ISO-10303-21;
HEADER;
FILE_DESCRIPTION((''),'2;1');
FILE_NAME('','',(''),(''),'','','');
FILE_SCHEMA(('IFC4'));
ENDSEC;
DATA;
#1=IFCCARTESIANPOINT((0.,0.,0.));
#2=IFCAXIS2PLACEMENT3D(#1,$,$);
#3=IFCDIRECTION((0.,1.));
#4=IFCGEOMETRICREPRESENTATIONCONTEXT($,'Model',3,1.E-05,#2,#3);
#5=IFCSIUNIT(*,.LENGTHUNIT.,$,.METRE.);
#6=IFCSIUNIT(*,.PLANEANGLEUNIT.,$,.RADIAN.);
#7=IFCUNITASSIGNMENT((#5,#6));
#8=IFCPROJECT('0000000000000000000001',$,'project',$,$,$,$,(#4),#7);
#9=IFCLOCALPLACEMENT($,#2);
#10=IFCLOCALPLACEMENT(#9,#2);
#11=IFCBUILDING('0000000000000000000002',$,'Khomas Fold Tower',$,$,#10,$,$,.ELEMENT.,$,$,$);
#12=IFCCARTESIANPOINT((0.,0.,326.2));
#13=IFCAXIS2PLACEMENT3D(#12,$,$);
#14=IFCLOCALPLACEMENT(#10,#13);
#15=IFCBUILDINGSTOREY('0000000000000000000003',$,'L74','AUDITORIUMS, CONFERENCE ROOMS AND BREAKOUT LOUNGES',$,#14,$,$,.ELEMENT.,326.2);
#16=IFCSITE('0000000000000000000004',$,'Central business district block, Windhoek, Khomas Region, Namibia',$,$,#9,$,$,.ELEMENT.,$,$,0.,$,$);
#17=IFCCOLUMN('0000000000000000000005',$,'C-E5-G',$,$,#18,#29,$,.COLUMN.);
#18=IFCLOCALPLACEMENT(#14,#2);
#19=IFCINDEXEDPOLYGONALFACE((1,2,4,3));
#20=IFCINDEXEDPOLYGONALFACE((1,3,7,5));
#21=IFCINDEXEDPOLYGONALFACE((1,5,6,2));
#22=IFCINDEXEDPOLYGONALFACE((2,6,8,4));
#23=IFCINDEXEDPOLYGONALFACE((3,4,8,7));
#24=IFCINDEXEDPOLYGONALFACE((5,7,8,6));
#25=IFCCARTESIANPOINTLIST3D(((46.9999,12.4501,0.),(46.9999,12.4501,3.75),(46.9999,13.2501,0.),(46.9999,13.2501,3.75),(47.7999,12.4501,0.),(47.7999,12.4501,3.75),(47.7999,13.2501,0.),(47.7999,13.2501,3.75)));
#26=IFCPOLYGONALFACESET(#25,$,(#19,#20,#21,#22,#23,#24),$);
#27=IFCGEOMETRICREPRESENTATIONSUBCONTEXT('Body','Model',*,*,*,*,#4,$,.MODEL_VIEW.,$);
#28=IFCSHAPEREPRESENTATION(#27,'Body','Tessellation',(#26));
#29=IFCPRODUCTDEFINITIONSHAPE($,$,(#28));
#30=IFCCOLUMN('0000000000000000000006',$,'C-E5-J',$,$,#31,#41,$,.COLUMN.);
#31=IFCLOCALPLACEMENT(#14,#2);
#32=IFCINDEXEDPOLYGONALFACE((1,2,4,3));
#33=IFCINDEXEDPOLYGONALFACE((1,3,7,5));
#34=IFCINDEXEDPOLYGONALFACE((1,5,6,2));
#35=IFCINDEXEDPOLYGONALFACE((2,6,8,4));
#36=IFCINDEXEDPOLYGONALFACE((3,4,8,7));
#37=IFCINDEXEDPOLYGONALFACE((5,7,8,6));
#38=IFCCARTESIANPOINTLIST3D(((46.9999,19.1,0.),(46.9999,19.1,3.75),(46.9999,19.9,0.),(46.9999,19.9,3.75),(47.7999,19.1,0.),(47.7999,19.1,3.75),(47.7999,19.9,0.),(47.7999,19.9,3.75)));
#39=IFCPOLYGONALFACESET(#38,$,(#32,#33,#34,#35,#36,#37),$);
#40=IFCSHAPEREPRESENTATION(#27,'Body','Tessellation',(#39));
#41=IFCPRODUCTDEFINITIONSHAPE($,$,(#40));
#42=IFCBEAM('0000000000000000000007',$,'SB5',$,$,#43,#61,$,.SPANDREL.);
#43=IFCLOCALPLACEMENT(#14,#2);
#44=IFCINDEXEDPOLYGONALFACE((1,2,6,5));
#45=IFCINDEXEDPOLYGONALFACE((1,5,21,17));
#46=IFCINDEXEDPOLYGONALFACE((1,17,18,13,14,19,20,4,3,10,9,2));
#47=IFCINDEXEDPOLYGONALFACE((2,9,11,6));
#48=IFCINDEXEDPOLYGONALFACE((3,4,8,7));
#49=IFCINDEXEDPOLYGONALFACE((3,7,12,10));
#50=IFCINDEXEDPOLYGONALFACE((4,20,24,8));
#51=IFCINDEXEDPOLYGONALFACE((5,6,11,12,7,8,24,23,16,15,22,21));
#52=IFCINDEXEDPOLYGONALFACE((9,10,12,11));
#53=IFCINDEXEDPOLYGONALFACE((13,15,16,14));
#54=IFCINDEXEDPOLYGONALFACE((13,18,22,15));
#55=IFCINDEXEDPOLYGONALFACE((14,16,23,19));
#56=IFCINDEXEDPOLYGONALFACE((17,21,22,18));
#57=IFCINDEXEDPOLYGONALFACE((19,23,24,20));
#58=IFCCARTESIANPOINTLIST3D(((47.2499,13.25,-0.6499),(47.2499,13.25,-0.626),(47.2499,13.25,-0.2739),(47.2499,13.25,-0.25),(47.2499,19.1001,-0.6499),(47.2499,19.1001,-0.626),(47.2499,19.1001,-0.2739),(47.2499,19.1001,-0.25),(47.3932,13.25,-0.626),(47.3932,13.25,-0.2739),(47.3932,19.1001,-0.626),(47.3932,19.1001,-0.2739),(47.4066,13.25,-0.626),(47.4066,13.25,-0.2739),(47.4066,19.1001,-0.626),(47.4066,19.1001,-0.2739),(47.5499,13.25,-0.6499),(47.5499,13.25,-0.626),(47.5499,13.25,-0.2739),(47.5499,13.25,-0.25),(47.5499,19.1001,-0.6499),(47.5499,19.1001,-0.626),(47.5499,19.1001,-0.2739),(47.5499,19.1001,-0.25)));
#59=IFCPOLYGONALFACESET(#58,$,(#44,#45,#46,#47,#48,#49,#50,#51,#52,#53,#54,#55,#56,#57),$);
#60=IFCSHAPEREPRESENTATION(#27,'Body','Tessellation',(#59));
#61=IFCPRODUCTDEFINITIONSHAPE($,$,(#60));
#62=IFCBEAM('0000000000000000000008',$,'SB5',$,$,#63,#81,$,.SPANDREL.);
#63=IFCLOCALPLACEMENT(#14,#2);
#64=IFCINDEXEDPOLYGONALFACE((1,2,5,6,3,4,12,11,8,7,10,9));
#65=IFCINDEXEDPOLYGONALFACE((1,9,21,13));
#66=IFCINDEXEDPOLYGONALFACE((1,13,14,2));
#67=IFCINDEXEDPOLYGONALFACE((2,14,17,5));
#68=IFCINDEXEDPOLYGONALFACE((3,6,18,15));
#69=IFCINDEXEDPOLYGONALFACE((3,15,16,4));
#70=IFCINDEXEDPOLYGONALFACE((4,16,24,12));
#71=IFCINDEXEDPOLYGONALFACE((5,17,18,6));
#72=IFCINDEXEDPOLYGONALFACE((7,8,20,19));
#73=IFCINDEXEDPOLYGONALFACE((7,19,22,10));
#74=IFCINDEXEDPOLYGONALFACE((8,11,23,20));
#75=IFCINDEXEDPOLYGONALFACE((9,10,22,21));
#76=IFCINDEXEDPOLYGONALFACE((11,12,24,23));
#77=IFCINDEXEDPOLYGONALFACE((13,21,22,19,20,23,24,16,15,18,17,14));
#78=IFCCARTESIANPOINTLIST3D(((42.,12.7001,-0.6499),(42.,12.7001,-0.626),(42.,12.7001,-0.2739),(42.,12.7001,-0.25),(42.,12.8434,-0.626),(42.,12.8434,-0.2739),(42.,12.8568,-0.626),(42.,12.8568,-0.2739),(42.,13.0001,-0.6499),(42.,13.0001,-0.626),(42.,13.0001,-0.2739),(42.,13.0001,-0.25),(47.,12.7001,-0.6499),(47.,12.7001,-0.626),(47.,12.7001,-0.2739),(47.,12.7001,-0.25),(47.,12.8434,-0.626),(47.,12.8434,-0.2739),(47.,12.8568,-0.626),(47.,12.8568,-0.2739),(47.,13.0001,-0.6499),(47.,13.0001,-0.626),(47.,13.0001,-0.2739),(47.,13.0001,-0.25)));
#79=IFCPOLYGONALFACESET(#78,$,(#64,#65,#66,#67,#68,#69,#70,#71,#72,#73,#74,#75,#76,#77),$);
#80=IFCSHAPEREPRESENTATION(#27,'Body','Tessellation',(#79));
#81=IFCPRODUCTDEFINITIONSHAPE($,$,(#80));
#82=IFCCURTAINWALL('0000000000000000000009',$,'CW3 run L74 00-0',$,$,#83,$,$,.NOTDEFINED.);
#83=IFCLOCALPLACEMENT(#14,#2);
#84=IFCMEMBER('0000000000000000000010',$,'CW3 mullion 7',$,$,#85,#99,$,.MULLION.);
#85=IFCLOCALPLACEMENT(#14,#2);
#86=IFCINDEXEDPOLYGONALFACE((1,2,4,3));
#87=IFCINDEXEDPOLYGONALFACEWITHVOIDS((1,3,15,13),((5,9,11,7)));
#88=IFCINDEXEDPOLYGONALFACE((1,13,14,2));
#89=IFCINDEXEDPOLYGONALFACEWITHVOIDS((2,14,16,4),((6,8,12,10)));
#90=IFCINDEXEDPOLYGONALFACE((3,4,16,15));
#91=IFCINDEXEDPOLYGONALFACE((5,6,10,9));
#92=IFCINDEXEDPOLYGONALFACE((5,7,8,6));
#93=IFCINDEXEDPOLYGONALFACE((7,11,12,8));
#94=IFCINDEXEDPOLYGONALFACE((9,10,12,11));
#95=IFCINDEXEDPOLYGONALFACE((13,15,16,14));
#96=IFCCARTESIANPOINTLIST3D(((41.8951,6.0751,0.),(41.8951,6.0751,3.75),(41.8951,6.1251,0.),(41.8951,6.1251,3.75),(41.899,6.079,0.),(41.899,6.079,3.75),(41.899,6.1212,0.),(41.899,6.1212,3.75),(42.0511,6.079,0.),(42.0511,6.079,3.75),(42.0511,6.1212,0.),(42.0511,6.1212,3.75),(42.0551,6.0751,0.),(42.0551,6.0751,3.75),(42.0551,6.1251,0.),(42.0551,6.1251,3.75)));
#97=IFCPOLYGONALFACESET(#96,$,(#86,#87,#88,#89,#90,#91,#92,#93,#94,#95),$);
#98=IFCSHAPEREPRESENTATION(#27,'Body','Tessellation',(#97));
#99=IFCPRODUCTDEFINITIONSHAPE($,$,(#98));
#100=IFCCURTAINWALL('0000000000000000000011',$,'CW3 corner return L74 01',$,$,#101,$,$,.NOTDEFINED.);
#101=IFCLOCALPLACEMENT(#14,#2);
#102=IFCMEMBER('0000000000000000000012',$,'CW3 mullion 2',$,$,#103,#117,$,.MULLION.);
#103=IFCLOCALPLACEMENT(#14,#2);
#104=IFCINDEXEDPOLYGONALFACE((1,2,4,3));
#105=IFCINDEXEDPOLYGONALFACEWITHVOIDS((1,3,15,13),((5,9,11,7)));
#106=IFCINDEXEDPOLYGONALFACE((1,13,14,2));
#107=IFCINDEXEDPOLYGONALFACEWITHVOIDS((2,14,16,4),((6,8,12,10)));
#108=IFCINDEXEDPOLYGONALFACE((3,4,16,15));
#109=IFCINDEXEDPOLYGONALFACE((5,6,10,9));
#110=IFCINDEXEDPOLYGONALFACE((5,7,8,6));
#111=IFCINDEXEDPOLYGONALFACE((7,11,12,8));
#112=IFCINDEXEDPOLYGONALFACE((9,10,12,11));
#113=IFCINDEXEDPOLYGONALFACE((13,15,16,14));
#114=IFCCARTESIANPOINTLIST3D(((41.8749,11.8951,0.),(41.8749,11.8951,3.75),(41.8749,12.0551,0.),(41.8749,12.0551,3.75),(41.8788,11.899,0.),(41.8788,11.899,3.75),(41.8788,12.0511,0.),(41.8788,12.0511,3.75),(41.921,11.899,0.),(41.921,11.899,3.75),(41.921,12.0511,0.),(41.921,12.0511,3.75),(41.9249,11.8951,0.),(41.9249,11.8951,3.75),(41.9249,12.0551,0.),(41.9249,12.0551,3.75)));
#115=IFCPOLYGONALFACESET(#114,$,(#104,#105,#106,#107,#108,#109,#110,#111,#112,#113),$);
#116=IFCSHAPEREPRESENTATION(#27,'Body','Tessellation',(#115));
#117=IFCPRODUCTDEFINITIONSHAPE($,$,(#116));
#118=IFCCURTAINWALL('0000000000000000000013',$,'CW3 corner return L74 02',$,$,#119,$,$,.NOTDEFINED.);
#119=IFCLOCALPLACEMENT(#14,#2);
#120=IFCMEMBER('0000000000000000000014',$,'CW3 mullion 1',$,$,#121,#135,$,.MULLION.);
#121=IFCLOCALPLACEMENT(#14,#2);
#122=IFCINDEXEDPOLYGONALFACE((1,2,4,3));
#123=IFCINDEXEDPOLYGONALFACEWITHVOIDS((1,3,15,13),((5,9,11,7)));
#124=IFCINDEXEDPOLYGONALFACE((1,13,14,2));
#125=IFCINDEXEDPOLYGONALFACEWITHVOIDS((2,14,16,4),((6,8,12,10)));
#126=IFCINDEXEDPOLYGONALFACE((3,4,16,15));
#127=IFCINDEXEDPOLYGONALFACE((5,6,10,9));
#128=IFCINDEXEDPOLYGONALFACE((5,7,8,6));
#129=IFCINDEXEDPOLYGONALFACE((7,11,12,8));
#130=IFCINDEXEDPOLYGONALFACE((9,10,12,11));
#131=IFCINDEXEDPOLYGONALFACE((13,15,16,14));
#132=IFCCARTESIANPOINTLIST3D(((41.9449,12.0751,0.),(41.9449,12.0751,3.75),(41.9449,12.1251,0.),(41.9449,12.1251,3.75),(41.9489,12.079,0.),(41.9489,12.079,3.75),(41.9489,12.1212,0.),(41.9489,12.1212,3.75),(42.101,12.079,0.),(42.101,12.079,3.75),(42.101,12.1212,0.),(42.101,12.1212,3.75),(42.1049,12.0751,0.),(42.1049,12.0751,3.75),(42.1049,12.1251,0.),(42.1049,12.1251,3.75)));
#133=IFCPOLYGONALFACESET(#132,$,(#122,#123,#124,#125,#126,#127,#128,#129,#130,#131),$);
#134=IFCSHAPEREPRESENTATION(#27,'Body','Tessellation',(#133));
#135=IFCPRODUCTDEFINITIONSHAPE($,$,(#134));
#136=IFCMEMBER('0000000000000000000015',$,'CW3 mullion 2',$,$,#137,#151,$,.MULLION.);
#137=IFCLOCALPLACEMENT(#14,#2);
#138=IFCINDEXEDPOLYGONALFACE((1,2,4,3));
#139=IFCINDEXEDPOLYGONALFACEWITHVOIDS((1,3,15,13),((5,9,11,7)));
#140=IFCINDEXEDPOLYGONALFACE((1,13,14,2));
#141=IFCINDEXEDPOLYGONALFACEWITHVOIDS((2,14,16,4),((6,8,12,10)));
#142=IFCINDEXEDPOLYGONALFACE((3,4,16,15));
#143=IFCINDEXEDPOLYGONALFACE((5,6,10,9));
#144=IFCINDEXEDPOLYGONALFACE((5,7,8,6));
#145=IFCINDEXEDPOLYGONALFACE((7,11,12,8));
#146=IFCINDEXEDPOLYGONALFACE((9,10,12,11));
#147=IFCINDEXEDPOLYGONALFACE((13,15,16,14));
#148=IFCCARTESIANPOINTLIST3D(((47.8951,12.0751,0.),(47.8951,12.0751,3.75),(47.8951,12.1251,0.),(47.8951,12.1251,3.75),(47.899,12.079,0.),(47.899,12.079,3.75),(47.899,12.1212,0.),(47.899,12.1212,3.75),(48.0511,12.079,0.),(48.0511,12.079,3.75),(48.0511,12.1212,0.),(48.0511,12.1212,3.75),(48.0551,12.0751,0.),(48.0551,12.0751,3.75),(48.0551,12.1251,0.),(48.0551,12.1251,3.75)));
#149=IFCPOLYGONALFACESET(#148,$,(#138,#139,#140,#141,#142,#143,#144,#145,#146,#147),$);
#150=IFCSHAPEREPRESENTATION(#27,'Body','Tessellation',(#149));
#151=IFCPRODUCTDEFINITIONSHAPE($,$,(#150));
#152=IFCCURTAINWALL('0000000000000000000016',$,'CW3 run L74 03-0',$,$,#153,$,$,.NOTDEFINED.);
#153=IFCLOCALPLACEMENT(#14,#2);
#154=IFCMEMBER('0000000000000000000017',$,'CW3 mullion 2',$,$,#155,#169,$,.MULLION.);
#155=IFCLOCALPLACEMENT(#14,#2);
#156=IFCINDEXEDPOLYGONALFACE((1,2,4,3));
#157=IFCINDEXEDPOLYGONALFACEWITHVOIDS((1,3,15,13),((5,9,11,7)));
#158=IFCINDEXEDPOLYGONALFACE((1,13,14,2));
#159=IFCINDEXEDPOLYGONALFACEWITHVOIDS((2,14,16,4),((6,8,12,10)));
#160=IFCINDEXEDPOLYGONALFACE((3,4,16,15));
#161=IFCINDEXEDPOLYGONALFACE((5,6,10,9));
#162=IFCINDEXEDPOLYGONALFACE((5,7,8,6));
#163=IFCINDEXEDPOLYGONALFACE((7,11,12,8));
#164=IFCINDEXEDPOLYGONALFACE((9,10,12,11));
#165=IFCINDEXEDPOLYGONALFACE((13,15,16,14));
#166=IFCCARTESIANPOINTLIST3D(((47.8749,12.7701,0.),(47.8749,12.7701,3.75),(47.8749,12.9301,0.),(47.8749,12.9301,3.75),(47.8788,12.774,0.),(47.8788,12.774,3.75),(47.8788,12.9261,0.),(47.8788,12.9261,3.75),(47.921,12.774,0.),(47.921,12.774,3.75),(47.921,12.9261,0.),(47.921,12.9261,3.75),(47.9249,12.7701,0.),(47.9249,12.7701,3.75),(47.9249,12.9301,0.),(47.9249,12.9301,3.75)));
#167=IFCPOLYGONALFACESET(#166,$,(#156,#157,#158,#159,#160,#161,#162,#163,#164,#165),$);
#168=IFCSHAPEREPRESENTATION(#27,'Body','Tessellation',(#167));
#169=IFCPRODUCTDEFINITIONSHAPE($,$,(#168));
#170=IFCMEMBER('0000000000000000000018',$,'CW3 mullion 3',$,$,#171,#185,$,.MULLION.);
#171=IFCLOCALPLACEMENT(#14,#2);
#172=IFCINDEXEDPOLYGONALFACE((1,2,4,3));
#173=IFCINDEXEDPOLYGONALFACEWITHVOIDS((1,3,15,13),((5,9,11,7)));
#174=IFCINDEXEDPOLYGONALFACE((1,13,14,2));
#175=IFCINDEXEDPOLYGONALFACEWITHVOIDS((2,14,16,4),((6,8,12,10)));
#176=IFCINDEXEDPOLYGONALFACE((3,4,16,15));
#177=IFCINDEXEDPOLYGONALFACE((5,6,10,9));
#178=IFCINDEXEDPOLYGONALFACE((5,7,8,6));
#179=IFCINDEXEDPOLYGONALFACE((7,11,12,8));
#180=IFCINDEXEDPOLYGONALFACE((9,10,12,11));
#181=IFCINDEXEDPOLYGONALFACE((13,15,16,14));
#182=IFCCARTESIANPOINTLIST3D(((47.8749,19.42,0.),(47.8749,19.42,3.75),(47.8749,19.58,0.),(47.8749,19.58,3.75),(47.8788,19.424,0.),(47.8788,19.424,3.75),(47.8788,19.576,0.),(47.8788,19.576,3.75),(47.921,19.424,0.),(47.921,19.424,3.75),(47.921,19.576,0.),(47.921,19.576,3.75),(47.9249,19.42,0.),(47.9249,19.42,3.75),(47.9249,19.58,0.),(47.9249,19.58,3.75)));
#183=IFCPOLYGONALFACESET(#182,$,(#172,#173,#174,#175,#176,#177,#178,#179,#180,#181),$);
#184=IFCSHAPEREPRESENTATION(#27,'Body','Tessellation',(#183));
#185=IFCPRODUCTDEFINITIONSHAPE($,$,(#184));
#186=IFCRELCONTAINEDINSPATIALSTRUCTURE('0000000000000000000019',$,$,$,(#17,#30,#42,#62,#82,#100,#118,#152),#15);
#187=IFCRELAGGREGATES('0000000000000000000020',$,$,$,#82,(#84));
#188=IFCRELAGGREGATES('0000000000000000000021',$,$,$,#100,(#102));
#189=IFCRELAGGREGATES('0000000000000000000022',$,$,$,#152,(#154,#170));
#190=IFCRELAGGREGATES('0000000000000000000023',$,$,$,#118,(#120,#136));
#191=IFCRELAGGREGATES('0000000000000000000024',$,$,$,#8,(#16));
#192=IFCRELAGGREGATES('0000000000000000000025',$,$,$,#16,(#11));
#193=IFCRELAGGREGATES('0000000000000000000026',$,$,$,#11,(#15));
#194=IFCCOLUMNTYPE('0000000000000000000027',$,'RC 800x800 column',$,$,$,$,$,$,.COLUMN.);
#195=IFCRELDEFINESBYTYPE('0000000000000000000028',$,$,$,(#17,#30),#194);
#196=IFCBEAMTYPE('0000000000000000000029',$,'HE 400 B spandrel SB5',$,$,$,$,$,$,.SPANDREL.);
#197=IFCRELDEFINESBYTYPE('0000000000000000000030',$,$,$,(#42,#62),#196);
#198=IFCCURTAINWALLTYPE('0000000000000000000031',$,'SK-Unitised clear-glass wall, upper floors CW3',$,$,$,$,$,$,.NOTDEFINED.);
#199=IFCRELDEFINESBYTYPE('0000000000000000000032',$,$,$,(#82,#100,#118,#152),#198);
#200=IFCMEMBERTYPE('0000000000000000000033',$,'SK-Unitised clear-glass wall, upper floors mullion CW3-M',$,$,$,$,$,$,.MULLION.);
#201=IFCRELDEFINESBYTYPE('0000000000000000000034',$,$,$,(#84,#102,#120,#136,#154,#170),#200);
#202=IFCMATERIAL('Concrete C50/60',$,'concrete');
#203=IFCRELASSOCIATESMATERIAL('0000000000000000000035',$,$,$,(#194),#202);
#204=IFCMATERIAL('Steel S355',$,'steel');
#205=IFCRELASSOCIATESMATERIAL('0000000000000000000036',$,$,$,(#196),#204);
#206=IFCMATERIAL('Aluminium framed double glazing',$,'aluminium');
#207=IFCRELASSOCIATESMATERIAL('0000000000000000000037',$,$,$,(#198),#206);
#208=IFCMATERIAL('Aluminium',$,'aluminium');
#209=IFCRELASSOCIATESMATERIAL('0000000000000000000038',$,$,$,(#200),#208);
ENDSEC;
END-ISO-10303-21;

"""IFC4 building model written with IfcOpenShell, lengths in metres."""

from ifc_helpers import new_model, si_unit, direction, frame, origin, origin_2d, place, context, subcontext, project, spatial, rectangle, hollow_rectangle, i_section, extrude, source, transform, mapped, material, material_profile, profile_set, type_object, element, aggregate, save


model = new_model("IFC4")

# Units and contexts
model_context = context("Model", 3, precision=1e-05, world=origin(), true_north=direction((0.0, 1.0)))
body_context = subcontext(model_context, "Body", "Model", "MODEL_VIEW")
ifc_project = project(units=[si_unit("LENGTHUNIT", "METRE"), si_unit("PLANEANGLEUNIT", "RADIAN")], contexts=[model_context])

# Site, building, storey
site_placement = place(None, origin())
site = spatial("IfcSite", under=ifc_project, at=site_placement, Name="Central business district block, Windhoek, Khomas Region, Namibia", CompositionType="ELEMENT", RefElevation=0.0)
building_placement = place(site_placement, origin())
building = spatial("IfcBuilding", under=site, at=building_placement, Name="Khomas Fold Tower", CompositionType="ELEMENT")
storey_placement = place(building_placement, frame((0.0, 0.0, 326.2)))
storey = spatial("IfcBuildingStorey", under=building, at=storey_placement, Name="L74", Description="AUDITORIUMS, CONFERENCE ROOMS AND BREAKOUT LOUNGES", CompositionType="ELEMENT", Elevation=326.2)

# Columns
ifc_material_1 = material(Name="Concrete C50/60", Category="concrete")
ifc_material_profile_1 = material_profile(ifc_material_1, rectangle(XDim=0.8, YDim=0.8, at=origin_2d()), Name="RC 800x800")
ifc_profile_set_1 = profile_set([ifc_material_profile_1], Name="Concrete C50/60")
column_type = type_object("IfcColumnType", Name="RC 800x800 column", PredefinedType="COLUMN", material=ifc_profile_set_1)
shared_shape_1 = source(origin(), body_context, "Body", "SweptSolid", [
    extrude(rectangle(XDim=0.8, YDim=0.8, at=origin_2d()), origin(), (0.0, 0.0, 1.0), 3.75),
])
for number, where, z_axis, x_axis, name in (
    (1, (47.3999, 12.8501, 0.0), (0.0, 0.0, 1.0), (1.0, 0.0, 0.0), "C-E5-G"),
    (2, (47.3999, 19.5, 0.0), (0.0, 0.0, 1.0), (1.0, 0.0, 0.0), "C-E5-J"),
):
    element("IfcColumn", number, at=place(storey_placement, frame(where, z_axis=z_axis, x_axis=x_axis)), inside=storey, type_object=column_type, Name=name, PredefinedType="COLUMN", context=body_context, shape_type="MappedRepresentation", body=[
        mapped(shared_shape_1, transform((0.0, 0.0, 0.0))),
    ])

# Beams
ifc_material_2 = material(Name="Steel S355", Category="steel")
ifc_material_profile_2 = material_profile(ifc_material_2, i_section(OverallWidth=0.3, OverallDepth=0.3999, WebThickness=0.0134, FlangeThickness=0.0239, at=origin_2d()), Name="HE 400 B")
ifc_profile_set_2 = profile_set([ifc_material_profile_2], Name="Steel S355")
beam_type = type_object("IfcBeamType", Name="HE 400 B spandrel SB5", PredefinedType="SPANDREL", material=ifc_profile_set_2)
shared_shape_2 = source(origin(), body_context, "Body", "SweptSolid", [
    extrude(i_section(OverallWidth=0.3, OverallDepth=0.3999, WebThickness=0.0134, FlangeThickness=0.0239, at=origin_2d()), origin(), (0.0, 0.0, 1.0), 5.8501),
])
beam_1_placement = place(storey_placement, frame((47.3999, 13.25, -0.45), z_axis=(0.0, 1.0, 0.0), x_axis=(-1.0, 0.0, 0.0)))
element("IfcBeam", 3, at=beam_1_placement, inside=storey, type_object=beam_type, Name="SB5", PredefinedType="SPANDREL", context=body_context, shape_type="MappedRepresentation", body=[
    mapped(shared_shape_2, transform((0.0, 0.0, 0.0))),
])
shared_shape_3 = source(origin(), body_context, "Body", "SweptSolid", [
    extrude(i_section(OverallWidth=0.3, OverallDepth=0.3999, WebThickness=0.0134, FlangeThickness=0.0239, at=origin_2d()), origin(), (0.0, 0.0, 1.0), 5.0),
])
beam_2_placement = place(storey_placement, frame((42.0, 12.8501, -0.45), z_axis=(1.0, 0.0, 0.0), x_axis=(0.0, 1.0, 0.0)))
element("IfcBeam", 4, at=beam_2_placement, inside=storey, type_object=beam_type, Name="SB5", PredefinedType="SPANDREL", context=body_context, shape_type="MappedRepresentation", body=[
    mapped(shared_shape_3, transform((0.0, 0.0, 0.0))),
])

# Curtain walls, members
ifc_material_3 = material(Name="Aluminium framed double glazing", Category="aluminium")
curtain_wall_type = type_object("IfcCurtainWallType", Name="SK-Unitised clear-glass wall, upper floors CW3", PredefinedType="NOTDEFINED", material=ifc_material_3)
curtain_wall_1_placement = place(storey_placement, origin())
curtain_wall_1 = element("IfcCurtainWall", 5, at=curtain_wall_1_placement, inside=storey, type_object=curtain_wall_type, Name="CW3 run L74 00-0", PredefinedType="NOTDEFINED")
ifc_material_4 = material(Name="Aluminium", Category="aluminium")
ifc_material_profile_3 = material_profile(ifc_material_4, hollow_rectangle(XDim=0.05, YDim=0.1599, WallThickness=0.0039, at=origin_2d()), Name="SK-Unitised clear-glass wall, upper floors mullion CW3-M")
ifc_profile_set_3 = profile_set([ifc_material_profile_3], Name="Aluminium")
member_type_1 = type_object("IfcMemberType", Name="SK-Unitised clear-glass wall, upper floors mullion CW3-M", PredefinedType="MULLION", material=ifc_profile_set_3)
shared_shape_4 = source(origin(), body_context, "Body", "SweptSolid", [
    extrude(hollow_rectangle(XDim=0.05, YDim=0.1599, WallThickness=0.0039, at=origin_2d()), origin(), (0.0, 0.0, 1.0), 3.75),
])
member_1_placement = place(storey_placement, frame((41.9751, 6.1001, 0.0), z_axis=(0.0, 0.0, 1.0), x_axis=(0.0, 1.0, 0.0)))
member_1 = element("IfcMember", 6, at=member_1_placement, type_object=member_type_1, Name="CW3 mullion 7", PredefinedType="MULLION", context=body_context, shape_type="MappedRepresentation", body=[
    mapped(shared_shape_4, transform((0.0, 0.0, 0.0))),
])
aggregate(curtain_wall_1, [member_1])
curtain_wall_2_placement = place(storey_placement, origin())
curtain_wall_2 = element("IfcCurtainWall", 7, at=curtain_wall_2_placement, inside=storey, type_object=curtain_wall_type, Name="CW3 corner return L74 01", PredefinedType="NOTDEFINED")
member_2_placement = place(storey_placement, frame((41.8999, 11.9751, 0.0), z_axis=(0.0, 0.0, 1.0), x_axis=(-1.0, 0.0, 0.0)))
member_2 = element("IfcMember", 8, at=member_2_placement, type_object=member_type_1, Name="CW3 mullion 2", PredefinedType="MULLION", context=body_context, shape_type="MappedRepresentation", body=[
    mapped(shared_shape_4, transform((0.0, 0.0, 0.0))),
])
aggregate(curtain_wall_2, [member_2])

# Curtain walls, members
curtain_wall_3_placement = place(storey_placement, origin())
curtain_wall_3 = element("IfcCurtainWall", 9, at=curtain_wall_3_placement, inside=storey, type_object=curtain_wall_type, Name="CW3 corner return L74 02", PredefinedType="NOTDEFINED")
member_3_placement = place(storey_placement, frame((42.0249, 12.1001, 0.0), z_axis=(0.0, 0.0, 1.0), x_axis=(0.0, 1.0, 0.0)))
member_3 = element("IfcMember", 10, at=member_3_placement, type_object=member_type_1, Name="CW3 mullion 1", PredefinedType="MULLION", context=body_context, shape_type="MappedRepresentation", body=[
    mapped(shared_shape_4, transform((0.0, 0.0, 0.0))),
])
member_4_placement = place(storey_placement, frame((47.9751, 12.1001, 0.0), z_axis=(0.0, 0.0, 1.0), x_axis=(0.0, 1.0, 0.0)))
member_4 = element("IfcMember", 11, at=member_4_placement, type_object=member_type_1, Name="CW3 mullion 2", PredefinedType="MULLION", context=body_context, shape_type="MappedRepresentation", body=[
    mapped(shared_shape_4, transform((0.0, 0.0, 0.0))),
])
curtain_wall_4_placement = place(storey_placement, origin())
curtain_wall_4 = element("IfcCurtainWall", 12, at=curtain_wall_4_placement, inside=storey, type_object=curtain_wall_type, Name="CW3 run L74 03-0", PredefinedType="NOTDEFINED")
member_5_placement = place(storey_placement, frame((47.8999, 12.8501, 0.0), z_axis=(0.0, 0.0, 1.0), x_axis=(-1.0, 0.0, 0.0)))
member_5 = element("IfcMember", 13, at=member_5_placement, type_object=member_type_1, Name="CW3 mullion 2", PredefinedType="MULLION", context=body_context, shape_type="MappedRepresentation", body=[
    mapped(shared_shape_4, transform((0.0, 0.0, 0.0))),
])
member_6_placement = place(storey_placement, frame((47.8999, 19.5, 0.0), z_axis=(0.0, 0.0, 1.0), x_axis=(-1.0, 0.0, 0.0)))
member_6 = element("IfcMember", 14, at=member_6_placement, type_object=member_type_1, Name="CW3 mullion 3", PredefinedType="MULLION", context=body_context, shape_type="MappedRepresentation", body=[
    mapped(shared_shape_4, transform((0.0, 0.0, 0.0))),
])

aggregate(curtain_wall_4, [member_5, member_6])
aggregate(curtain_wall_3, [member_3, member_4])

save(model, "model.ifc")
